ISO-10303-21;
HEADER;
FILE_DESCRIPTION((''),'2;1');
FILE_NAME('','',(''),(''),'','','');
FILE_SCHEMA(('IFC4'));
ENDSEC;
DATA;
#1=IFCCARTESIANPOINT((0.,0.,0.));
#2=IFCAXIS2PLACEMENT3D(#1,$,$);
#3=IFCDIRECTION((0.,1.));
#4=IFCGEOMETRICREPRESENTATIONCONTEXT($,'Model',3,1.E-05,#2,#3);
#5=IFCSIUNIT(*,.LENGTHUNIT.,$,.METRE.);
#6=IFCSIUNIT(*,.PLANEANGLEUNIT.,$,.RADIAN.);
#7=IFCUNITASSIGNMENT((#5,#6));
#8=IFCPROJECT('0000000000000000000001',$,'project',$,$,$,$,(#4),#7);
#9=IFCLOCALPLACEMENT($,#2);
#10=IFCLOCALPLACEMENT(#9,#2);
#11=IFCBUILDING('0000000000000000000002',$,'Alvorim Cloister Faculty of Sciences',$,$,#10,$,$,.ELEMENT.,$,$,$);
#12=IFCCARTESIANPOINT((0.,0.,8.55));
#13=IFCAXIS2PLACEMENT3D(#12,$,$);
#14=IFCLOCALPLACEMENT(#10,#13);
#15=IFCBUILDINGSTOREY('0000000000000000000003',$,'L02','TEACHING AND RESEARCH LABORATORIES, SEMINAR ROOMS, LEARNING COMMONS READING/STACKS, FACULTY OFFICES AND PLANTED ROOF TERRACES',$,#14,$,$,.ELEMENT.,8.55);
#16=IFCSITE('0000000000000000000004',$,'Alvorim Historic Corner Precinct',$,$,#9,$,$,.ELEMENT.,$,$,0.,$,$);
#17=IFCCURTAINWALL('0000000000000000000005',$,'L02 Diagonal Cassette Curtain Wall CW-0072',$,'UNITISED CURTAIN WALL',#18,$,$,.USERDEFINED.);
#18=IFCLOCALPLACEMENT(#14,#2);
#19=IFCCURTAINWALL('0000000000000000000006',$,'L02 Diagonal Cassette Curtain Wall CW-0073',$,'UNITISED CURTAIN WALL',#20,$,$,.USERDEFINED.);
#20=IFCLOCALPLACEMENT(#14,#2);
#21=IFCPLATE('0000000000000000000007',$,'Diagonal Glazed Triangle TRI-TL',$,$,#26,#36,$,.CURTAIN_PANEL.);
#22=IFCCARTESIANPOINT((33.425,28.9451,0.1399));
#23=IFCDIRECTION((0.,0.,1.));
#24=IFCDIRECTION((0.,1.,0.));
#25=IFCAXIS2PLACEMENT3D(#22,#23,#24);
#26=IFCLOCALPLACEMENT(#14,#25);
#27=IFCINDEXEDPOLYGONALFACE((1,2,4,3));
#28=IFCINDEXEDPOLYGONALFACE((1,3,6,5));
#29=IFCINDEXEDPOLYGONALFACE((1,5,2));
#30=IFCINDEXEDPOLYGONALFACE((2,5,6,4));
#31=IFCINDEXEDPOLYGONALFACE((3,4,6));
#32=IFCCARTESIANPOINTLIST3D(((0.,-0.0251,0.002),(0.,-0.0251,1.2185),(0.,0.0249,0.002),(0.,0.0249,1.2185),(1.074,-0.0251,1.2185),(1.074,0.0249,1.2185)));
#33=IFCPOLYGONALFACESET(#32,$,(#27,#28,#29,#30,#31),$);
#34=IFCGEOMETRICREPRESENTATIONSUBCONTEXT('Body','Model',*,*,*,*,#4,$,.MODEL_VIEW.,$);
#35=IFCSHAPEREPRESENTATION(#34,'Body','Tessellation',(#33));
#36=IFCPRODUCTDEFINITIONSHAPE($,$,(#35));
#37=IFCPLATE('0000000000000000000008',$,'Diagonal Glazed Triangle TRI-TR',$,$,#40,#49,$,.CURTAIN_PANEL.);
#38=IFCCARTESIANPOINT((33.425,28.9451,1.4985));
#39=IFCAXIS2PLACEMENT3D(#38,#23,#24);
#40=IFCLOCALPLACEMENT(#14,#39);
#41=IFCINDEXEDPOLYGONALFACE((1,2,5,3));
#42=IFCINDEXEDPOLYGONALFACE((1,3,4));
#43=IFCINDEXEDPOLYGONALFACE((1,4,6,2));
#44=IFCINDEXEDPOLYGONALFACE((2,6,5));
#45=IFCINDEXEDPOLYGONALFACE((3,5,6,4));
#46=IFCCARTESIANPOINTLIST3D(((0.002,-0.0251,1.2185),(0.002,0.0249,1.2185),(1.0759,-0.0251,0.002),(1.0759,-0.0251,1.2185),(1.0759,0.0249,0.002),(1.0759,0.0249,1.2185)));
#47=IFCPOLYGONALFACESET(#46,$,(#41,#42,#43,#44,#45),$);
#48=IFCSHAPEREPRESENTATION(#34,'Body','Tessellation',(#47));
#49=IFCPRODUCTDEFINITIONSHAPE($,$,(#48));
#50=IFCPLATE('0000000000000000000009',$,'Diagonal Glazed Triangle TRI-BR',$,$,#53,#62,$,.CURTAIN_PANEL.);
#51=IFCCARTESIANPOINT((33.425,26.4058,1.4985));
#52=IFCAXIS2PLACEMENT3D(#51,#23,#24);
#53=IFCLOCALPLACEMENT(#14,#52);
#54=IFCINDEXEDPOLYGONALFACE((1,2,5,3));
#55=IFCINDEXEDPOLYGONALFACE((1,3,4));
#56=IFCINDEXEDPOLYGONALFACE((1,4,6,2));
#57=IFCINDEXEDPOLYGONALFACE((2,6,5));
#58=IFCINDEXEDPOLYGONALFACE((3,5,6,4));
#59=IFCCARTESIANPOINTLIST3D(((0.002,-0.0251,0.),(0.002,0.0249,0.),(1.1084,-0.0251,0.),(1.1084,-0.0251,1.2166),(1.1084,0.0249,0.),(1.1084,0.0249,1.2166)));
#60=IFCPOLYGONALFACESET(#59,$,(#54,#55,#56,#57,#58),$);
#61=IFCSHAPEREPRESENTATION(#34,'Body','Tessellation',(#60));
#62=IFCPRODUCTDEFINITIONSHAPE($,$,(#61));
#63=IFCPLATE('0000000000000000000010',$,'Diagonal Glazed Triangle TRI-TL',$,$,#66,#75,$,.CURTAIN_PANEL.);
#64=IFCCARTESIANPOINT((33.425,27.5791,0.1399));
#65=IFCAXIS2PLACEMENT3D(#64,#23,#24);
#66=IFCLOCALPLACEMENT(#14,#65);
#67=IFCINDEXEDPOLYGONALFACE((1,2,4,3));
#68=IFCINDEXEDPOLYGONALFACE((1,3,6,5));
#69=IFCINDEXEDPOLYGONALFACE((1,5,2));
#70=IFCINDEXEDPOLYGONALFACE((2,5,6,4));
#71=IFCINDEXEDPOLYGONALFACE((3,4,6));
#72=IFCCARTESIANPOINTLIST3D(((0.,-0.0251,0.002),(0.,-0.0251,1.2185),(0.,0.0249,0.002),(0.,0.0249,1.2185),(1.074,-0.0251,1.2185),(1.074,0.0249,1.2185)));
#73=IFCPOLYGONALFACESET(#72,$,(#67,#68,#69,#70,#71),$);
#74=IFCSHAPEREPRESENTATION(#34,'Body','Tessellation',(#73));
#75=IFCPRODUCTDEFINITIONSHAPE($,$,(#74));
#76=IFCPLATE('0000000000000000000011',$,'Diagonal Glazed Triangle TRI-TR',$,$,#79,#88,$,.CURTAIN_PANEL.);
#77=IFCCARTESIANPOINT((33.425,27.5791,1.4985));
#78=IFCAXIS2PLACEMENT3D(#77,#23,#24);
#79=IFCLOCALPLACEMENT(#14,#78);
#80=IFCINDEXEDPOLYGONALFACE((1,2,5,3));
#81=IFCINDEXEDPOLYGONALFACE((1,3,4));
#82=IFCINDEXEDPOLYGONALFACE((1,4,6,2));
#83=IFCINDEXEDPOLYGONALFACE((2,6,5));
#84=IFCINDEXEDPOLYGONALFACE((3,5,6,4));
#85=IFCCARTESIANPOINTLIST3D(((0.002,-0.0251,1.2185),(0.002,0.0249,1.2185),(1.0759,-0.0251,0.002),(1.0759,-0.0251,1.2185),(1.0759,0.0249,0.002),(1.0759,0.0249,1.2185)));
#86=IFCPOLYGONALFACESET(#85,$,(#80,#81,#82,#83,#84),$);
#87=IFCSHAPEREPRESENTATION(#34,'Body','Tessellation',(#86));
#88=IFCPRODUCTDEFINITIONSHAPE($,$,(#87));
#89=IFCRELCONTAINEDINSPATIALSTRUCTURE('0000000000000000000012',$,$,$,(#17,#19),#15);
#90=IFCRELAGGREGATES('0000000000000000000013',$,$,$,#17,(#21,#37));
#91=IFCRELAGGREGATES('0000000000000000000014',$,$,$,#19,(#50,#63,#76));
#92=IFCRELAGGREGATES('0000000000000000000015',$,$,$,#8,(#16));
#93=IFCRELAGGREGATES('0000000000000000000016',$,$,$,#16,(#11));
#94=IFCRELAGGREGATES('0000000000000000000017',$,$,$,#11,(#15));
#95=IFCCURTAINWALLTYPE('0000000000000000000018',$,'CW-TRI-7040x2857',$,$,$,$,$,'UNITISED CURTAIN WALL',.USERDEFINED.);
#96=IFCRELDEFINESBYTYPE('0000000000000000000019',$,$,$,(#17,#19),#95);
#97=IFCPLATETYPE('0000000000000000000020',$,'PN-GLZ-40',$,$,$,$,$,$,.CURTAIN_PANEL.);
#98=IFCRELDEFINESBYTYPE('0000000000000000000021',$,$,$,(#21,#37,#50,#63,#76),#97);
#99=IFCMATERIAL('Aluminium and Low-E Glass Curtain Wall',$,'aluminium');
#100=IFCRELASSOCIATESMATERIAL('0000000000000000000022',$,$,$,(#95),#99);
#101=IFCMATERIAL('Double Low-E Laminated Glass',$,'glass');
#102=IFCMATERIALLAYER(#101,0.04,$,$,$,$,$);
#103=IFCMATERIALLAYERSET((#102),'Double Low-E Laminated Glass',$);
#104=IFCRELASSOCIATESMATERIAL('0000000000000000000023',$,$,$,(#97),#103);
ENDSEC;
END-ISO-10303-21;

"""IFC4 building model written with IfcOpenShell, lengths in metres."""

from ifc_helpers import new_model, si_unit, direction, frame, origin, place, context, subcontext, project, spatial, polyline, outline, extrude, material, layer, layer_set, type_object, element, aggregate, save


model = new_model("IFC4")

# Units and contexts
model_context = context("Model", 3, precision=1e-05, world=origin(), true_north=direction((0.0, 1.0)))
body_context = subcontext(model_context, "Body", "Model", "MODEL_VIEW")
ifc_project = project(units=[si_unit("LENGTHUNIT", "METRE"), si_unit("PLANEANGLEUNIT", "RADIAN")], contexts=[model_context])

# Site, building, storey
site_placement = place(None, origin())
site = spatial("IfcSite", under=ifc_project, at=site_placement, Name="Alvorim Historic Corner Precinct", CompositionType="ELEMENT", RefElevation=0.0)
building_placement = place(site_placement, origin())
building = spatial("IfcBuilding", under=site, at=building_placement, Name="Alvorim Cloister Faculty of Sciences", CompositionType="ELEMENT")
storey_placement = place(building_placement, frame((0.0, 0.0, 8.55)))
storey = spatial("IfcBuildingStorey", under=building, at=storey_placement, Name="L02", Description="TEACHING AND RESEARCH LABORATORIES, SEMINAR ROOMS, LEARNING COMMONS READING/STACKS, FACULTY OFFICES AND PLANTED ROOF TERRACES", CompositionType="ELEMENT", Elevation=8.55)

# Curtain wall
ifc_material_1 = material(Name="Aluminium and Low-E Glass Curtain Wall", Category="aluminium")
curtain_wall_type = type_object("IfcCurtainWallType", Name="CW-TRI-7040x2857", ElementType="UNITISED CURTAIN WALL", PredefinedType="USERDEFINED", material=ifc_material_1)
curtain_wall_1_placement = place(storey_placement, origin())
curtain_wall_1 = element("IfcCurtainWall", 1, at=curtain_wall_1_placement, inside=storey, type_object=curtain_wall_type, Name="L02 Diagonal Cassette Curtain Wall CW-0072", ObjectType="UNITISED CURTAIN WALL", PredefinedType="USERDEFINED")

# Curtain wall
curtain_wall_2_placement = place(storey_placement, origin())
curtain_wall_2 = element("IfcCurtainWall", 2, at=curtain_wall_2_placement, inside=storey, type_object=curtain_wall_type, Name="L02 Diagonal Cassette Curtain Wall CW-0073", ObjectType="UNITISED CURTAIN WALL", PredefinedType="USERDEFINED")

# Plates
ifc_material_2 = material(Name="Double Low-E Laminated Glass", Category="glass")
ifc_layer_1 = layer(ifc_material_2, 0.04)
ifc_layer_set_1 = layer_set([ifc_layer_1], Name="Double Low-E Laminated Glass")
plate_type = type_object("IfcPlateType", Name="PN-GLZ-40", PredefinedType="CURTAIN_PANEL", material=ifc_layer_set_1)
plate_1_placement = place(storey_placement, frame((33.425, 28.9451, 0.1399), z_axis=(0.0, 0.0, 1.0), x_axis=(0.0, 1.0, 0.0)))
plate_1 = element("IfcPlate", 3, at=plate_1_placement, type_object=plate_type, Name="Diagonal Glazed Triangle TRI-TL", PredefinedType="CURTAIN_PANEL", context=body_context, shape_type="SweptSolid", body=[
    extrude(outline(polyline([(1.074, 1.2185), (0.0, 1.2185), (0.0, 0.002), (1.074, 1.2185)])), frame((0.0, 0.0249, 0.0), z_axis=(0.0, -1.0, 0.0), x_axis=(1.0, 0.0, 0.0)), (0.0, 0.0, 1.0), 0.05),
])
plate_2_placement = place(storey_placement, frame((33.425, 28.9451, 1.4985), z_axis=(0.0, 0.0, 1.0), x_axis=(0.0, 1.0, 0.0)))
plate_2 = element("IfcPlate", 4, at=plate_2_placement, type_object=plate_type, Name="Diagonal Glazed Triangle TRI-TR", PredefinedType="CURTAIN_PANEL", context=body_context, shape_type="SweptSolid", body=[
    extrude(outline(polyline([(1.0759, 0.002), (1.0759, 1.2185), (0.002, 1.2185), (1.0759, 0.002)])), frame((0.0, 0.0249, 0.0), z_axis=(0.0, -1.0, 0.0), x_axis=(1.0, 0.0, 0.0)), (0.0, 0.0, 1.0), 0.05),
])
aggregate(curtain_wall_1, [plate_1, plate_2])
plate_3_placement = place(storey_placement, frame((33.425, 26.4058, 1.4985), z_axis=(0.0, 0.0, 1.0), x_axis=(0.0, 1.0, 0.0)))
plate_3 = element("IfcPlate", 5, at=plate_3_placement, type_object=plate_type, Name="Diagonal Glazed Triangle TRI-BR", PredefinedType="CURTAIN_PANEL", context=body_context, shape_type="SweptSolid", body=[
    extrude(outline(polyline([(0.002, 0.0), (1.1084, 0.0), (1.1084, 1.2166), (0.002, 0.0)])), frame((0.0, 0.0249, 0.0), z_axis=(0.0, -1.0, 0.0), x_axis=(1.0, 0.0, 0.0)), (0.0, 0.0, 1.0), 0.05),
])
plate_4_placement = place(storey_placement, frame((33.425, 27.5791, 0.1399), z_axis=(0.0, 0.0, 1.0), x_axis=(0.0, 1.0, 0.0)))
plate_4 = element("IfcPlate", 6, at=plate_4_placement, type_object=plate_type, Name="Diagonal Glazed Triangle TRI-TL", PredefinedType="CURTAIN_PANEL", context=body_context, shape_type="SweptSolid", body=[
    extrude(outline(polyline([(1.074, 1.2185), (0.0, 1.2185), (0.0, 0.002), (1.074, 1.2185)])), frame((0.0, 0.0249, 0.0), z_axis=(0.0, -1.0, 0.0), x_axis=(1.0, 0.0, 0.0)), (0.0, 0.0, 1.0), 0.05),
])
plate_5_placement = place(storey_placement, frame((33.425, 27.5791, 1.4985), z_axis=(0.0, 0.0, 1.0), x_axis=(0.0, 1.0, 0.0)))
plate_5 = element("IfcPlate", 7, at=plate_5_placement, type_object=plate_type, Name="Diagonal Glazed Triangle TRI-TR", PredefinedType="CURTAIN_PANEL", context=body_context, shape_type="SweptSolid", body=[
    extrude(outline(polyline([(1.0759, 0.002), (1.0759, 1.2185), (0.002, 1.2185), (1.0759, 0.002)])), frame((0.0, 0.0249, 0.0), z_axis=(0.0, -1.0, 0.0), x_axis=(1.0, 0.0, 0.0)), (0.0, 0.0, 1.0), 0.05),
])
aggregate(curtain_wall_2, [plate_3, plate_4, plate_5])

save(model, "model.ifc")
